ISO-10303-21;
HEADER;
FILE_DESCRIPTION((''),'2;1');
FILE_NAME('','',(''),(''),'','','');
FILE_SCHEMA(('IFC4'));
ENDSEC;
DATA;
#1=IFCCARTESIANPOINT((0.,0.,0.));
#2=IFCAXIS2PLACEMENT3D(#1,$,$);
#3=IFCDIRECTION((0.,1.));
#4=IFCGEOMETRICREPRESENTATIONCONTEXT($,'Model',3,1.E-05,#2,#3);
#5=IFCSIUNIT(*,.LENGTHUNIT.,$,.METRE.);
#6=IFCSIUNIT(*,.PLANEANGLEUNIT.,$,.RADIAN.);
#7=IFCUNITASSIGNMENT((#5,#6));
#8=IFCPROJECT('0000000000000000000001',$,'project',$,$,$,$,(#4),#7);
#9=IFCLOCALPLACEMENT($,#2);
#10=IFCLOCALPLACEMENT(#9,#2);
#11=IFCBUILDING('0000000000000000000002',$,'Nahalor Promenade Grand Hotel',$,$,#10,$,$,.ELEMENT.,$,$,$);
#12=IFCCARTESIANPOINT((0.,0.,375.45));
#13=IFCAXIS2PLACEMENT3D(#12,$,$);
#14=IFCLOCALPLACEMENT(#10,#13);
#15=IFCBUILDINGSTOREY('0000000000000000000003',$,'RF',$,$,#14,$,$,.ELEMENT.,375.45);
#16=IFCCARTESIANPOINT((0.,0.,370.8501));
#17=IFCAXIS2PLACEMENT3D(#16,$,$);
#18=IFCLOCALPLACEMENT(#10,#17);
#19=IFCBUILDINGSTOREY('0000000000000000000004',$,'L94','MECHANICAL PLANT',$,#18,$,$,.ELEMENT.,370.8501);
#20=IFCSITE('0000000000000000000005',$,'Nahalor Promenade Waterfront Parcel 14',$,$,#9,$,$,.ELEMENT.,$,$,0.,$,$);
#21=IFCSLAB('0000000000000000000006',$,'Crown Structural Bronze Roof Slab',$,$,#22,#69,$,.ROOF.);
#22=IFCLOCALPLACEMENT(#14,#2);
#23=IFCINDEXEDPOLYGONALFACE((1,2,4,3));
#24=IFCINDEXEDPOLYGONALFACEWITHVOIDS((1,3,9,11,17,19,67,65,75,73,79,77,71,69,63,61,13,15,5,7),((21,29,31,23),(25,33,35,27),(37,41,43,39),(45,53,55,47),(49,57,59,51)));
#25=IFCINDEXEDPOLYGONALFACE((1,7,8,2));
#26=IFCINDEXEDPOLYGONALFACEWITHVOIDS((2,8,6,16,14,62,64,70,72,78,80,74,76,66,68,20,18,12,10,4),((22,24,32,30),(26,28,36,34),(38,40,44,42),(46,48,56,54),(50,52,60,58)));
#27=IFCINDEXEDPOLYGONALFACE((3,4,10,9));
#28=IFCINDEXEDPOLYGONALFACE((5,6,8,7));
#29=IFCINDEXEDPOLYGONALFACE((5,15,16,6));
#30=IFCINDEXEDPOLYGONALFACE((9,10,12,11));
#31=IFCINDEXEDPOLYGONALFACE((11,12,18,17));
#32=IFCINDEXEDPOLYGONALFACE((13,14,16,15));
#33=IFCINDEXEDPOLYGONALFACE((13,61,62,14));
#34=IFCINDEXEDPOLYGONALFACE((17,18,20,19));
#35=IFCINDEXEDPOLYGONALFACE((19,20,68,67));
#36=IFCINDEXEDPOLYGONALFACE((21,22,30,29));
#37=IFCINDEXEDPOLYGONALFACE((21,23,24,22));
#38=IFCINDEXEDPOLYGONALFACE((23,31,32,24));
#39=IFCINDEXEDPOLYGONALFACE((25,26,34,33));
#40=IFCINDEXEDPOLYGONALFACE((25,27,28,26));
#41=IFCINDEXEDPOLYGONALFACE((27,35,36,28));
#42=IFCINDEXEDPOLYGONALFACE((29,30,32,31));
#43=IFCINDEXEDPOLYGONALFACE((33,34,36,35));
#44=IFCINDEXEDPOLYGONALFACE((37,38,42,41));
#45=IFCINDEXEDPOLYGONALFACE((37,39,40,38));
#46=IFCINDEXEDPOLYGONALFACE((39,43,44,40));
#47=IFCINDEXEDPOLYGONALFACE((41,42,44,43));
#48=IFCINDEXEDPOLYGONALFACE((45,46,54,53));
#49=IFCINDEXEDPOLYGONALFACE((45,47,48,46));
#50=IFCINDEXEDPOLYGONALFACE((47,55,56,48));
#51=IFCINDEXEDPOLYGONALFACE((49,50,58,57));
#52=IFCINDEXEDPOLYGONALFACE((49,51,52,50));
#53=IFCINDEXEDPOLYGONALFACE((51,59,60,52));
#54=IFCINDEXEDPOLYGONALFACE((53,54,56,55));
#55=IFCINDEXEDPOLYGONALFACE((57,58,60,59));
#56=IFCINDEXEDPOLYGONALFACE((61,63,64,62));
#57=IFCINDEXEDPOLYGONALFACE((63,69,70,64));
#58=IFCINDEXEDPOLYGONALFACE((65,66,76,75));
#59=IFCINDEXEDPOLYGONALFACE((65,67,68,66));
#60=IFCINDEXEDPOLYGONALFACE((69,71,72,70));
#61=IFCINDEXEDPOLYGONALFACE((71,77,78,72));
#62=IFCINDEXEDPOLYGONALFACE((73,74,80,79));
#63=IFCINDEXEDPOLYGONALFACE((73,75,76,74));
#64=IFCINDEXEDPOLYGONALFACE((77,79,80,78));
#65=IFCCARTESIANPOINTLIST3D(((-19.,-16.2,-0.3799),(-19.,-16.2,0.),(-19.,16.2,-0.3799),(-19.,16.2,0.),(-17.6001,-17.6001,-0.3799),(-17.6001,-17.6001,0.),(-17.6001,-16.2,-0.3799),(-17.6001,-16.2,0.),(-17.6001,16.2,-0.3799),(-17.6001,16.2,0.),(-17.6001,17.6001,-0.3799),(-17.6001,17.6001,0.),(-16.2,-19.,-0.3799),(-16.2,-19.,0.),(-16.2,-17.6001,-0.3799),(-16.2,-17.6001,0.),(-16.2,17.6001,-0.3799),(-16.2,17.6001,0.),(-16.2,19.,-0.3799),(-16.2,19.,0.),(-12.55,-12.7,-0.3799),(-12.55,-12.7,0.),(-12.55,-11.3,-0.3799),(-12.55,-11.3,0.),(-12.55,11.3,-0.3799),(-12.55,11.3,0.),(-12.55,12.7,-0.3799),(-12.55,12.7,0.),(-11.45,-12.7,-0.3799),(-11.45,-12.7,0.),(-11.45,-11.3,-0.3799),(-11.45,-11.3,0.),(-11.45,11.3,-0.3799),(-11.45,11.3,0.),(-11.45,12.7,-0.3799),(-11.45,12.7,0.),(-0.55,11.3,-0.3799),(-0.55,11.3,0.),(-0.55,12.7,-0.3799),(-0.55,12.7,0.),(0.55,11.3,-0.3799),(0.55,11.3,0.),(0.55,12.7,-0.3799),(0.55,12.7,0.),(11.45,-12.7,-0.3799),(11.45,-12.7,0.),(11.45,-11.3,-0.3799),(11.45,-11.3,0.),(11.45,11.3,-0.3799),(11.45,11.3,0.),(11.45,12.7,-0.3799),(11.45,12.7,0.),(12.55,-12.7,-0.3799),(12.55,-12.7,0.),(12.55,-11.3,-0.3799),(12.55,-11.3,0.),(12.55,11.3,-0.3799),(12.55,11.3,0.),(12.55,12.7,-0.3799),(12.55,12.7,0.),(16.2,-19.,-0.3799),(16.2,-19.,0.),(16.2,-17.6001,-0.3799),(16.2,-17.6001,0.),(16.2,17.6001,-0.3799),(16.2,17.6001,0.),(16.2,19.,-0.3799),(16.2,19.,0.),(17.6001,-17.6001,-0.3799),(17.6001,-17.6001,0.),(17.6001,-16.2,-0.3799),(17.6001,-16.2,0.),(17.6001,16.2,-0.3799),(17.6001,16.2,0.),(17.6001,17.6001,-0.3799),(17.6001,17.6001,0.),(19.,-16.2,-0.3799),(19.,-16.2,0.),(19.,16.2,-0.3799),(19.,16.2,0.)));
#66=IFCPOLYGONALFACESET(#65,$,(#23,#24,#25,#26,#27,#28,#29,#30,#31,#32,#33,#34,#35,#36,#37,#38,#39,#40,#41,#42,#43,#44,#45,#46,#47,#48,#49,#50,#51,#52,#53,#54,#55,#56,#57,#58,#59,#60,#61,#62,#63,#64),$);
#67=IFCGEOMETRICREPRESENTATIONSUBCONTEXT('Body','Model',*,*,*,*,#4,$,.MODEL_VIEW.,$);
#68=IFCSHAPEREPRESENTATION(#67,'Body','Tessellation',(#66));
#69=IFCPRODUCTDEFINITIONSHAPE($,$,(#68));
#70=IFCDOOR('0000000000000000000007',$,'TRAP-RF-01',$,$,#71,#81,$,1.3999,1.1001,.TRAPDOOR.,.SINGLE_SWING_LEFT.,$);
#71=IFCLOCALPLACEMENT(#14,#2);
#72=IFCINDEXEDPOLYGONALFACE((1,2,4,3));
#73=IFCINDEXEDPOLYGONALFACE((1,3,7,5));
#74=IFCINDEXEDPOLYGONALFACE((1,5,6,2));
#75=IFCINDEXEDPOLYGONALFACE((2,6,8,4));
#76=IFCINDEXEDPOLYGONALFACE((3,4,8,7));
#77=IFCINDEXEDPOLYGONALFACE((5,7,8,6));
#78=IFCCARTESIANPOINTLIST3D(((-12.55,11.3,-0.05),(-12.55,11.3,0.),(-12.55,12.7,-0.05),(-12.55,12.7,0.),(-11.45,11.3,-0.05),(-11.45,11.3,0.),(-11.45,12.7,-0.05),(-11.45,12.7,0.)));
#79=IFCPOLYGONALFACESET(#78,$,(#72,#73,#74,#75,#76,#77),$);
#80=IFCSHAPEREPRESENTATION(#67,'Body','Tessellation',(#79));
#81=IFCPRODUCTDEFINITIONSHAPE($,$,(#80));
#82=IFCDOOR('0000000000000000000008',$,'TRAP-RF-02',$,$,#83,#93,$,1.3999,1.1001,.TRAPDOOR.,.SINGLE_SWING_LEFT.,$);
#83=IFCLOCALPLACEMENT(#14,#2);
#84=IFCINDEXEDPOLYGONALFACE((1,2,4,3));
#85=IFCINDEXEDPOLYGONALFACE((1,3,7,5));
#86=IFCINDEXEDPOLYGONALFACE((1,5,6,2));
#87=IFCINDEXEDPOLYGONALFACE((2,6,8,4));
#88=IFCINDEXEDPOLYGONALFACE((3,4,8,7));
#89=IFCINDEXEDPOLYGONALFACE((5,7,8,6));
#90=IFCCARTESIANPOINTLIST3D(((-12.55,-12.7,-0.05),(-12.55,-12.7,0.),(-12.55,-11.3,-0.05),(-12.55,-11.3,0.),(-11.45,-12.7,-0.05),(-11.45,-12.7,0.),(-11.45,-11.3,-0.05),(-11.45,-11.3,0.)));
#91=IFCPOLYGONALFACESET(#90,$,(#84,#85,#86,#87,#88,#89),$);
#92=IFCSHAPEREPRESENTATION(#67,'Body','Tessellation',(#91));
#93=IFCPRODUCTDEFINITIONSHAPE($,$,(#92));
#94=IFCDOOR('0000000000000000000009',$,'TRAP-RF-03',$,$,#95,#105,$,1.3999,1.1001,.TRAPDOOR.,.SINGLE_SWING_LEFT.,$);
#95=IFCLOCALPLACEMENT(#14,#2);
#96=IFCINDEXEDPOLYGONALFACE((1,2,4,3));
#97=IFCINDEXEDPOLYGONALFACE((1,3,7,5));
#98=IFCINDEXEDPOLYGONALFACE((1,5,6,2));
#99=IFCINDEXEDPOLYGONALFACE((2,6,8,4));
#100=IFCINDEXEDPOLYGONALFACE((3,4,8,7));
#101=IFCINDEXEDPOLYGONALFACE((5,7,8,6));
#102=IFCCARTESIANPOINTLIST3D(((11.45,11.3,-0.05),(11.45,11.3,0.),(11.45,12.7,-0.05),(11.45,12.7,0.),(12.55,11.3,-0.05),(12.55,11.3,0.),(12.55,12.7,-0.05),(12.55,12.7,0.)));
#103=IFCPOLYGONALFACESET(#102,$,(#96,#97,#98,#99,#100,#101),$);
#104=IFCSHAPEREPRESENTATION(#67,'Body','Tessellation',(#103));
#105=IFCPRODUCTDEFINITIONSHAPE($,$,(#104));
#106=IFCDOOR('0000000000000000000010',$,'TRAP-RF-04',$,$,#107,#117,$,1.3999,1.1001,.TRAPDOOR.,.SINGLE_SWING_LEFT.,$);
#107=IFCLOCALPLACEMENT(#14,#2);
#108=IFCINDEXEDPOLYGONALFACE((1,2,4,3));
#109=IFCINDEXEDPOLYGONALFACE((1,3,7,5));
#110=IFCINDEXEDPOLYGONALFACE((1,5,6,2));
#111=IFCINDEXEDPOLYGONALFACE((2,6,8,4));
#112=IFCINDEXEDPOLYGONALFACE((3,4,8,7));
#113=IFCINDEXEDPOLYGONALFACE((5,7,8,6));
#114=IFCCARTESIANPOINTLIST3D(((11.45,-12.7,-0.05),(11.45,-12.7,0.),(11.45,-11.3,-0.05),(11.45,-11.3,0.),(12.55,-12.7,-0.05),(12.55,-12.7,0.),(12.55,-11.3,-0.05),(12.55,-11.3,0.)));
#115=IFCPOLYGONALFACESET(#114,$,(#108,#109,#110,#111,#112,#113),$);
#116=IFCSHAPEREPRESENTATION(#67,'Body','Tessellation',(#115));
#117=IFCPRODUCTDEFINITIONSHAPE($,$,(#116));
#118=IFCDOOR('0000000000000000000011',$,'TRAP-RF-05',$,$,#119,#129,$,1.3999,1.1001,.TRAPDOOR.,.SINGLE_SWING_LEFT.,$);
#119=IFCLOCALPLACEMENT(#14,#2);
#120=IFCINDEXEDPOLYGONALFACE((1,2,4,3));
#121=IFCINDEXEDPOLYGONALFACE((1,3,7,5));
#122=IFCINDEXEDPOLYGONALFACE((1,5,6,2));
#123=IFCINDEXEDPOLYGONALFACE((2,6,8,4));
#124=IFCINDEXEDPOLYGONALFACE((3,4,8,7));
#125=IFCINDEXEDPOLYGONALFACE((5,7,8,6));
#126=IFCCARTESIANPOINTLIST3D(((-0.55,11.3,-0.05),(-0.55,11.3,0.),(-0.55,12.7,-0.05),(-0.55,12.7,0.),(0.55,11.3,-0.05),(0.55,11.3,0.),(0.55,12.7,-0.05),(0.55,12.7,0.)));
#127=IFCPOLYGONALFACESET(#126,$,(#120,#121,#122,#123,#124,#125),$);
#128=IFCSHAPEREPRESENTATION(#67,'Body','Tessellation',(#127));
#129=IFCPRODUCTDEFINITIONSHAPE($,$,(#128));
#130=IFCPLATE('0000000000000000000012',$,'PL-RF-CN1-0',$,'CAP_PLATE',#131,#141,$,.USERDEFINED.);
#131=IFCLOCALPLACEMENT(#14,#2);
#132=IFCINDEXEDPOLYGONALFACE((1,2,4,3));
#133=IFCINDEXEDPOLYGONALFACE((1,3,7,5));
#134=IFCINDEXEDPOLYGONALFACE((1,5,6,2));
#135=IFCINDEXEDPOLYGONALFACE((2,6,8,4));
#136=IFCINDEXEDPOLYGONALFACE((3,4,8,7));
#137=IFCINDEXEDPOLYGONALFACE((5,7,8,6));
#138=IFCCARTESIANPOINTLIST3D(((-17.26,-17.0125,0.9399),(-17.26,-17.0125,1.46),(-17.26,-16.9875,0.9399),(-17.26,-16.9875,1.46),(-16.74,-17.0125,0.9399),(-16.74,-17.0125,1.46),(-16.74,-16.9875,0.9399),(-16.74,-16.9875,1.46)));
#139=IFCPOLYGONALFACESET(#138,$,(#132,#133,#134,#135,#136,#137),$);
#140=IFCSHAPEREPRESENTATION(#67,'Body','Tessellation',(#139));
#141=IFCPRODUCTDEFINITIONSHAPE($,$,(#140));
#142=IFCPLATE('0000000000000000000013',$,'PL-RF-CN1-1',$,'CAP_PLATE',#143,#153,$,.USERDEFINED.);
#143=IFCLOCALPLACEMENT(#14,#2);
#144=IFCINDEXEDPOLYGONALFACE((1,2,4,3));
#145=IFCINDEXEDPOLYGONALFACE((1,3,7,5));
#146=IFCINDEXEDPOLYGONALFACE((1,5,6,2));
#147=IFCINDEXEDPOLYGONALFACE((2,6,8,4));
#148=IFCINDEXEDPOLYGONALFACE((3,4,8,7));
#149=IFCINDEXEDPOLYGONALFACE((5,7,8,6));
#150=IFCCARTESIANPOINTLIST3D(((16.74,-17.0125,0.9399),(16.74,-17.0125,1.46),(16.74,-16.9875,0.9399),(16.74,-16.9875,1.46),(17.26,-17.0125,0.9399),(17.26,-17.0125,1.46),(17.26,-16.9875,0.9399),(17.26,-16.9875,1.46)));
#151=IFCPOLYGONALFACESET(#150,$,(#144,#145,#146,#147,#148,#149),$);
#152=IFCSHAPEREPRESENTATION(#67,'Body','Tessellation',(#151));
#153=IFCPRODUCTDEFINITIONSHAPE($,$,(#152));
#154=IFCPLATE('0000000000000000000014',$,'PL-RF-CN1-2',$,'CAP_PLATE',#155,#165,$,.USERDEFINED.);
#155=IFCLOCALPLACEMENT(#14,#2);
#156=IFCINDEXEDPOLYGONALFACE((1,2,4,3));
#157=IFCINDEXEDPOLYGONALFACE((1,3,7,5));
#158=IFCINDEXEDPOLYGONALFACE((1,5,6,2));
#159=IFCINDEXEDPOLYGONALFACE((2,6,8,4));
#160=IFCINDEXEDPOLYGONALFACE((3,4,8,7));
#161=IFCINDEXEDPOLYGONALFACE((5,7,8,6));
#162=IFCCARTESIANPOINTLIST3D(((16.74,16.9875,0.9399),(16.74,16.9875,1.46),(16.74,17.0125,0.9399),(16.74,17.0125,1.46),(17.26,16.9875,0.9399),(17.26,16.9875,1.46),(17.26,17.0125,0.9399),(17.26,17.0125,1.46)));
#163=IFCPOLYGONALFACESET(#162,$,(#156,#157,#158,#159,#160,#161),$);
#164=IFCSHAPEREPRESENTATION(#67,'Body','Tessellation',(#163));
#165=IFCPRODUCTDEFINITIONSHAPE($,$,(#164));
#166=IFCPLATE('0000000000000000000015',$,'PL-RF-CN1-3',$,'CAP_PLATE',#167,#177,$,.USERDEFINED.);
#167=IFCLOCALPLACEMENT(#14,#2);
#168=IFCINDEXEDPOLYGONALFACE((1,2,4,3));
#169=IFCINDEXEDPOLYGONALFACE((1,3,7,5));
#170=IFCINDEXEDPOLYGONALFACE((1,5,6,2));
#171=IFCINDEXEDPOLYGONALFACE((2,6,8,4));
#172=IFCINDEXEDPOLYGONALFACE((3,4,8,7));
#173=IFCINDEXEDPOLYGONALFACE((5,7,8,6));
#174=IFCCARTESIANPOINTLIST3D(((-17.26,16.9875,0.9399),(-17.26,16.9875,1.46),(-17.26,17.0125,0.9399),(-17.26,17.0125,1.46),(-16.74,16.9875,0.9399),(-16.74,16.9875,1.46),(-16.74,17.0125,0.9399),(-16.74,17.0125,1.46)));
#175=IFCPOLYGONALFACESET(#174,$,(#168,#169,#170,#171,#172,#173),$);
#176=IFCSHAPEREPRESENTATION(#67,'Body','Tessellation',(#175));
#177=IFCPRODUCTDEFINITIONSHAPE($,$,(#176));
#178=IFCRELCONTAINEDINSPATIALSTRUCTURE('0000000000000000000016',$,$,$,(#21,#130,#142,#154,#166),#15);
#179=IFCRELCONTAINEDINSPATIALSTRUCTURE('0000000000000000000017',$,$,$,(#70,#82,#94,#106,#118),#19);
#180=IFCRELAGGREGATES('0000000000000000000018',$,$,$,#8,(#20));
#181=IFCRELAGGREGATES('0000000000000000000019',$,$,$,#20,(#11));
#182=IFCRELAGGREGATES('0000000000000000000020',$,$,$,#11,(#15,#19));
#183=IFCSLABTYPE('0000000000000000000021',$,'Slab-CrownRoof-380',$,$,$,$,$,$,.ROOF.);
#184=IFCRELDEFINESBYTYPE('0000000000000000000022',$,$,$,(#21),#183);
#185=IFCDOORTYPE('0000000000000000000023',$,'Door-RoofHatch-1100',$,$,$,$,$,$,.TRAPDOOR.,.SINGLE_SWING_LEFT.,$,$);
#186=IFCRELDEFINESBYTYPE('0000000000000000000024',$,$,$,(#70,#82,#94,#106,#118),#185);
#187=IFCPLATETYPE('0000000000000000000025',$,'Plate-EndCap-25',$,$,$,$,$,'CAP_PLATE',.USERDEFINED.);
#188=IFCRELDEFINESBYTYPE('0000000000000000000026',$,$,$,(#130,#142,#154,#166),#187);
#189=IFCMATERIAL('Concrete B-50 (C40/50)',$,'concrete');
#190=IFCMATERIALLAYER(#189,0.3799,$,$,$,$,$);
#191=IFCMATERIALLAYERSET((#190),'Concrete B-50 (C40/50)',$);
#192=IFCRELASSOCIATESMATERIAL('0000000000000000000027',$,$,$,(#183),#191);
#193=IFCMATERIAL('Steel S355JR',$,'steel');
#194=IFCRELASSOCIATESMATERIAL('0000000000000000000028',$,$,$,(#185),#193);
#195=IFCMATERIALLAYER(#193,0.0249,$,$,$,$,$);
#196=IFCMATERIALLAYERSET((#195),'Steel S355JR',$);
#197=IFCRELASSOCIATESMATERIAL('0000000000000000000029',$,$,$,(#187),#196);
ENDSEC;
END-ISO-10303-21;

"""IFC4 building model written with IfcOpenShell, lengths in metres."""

from ifc_helpers import new_model, si_unit, direction, frame, origin, origin_2d, place, context, subcontext, project, spatial, polyline, rectangle, outline, extrude, source, transform, mapped, material, layer, layer_set, type_object, element, fill, save


model = new_model("IFC4")

# Units and contexts
model_context = context("Model", 3, precision=1e-05, world=origin(), true_north=direction((0.0, 1.0)))
body_context = subcontext(model_context, "Body", "Model", "MODEL_VIEW")
ifc_project = project(units=[si_unit("LENGTHUNIT", "METRE"), si_unit("PLANEANGLEUNIT", "RADIAN")], contexts=[model_context])

# Site, building, storey
site_placement = place(None, origin())
site = spatial("IfcSite", under=ifc_project, at=site_placement, Name="Nahalor Promenade Waterfront Parcel 14", CompositionType="ELEMENT", RefElevation=0.0)
building_placement = place(site_placement, origin())
building = spatial("IfcBuilding", under=site, at=building_placement, Name="Nahalor Promenade Grand Hotel", CompositionType="ELEMENT")
storey_1_placement = place(building_placement, frame((0.0, 0.0, 375.45)))
storey_1 = spatial("IfcBuildingStorey", under=building, at=storey_1_placement, Name="RF", CompositionType="ELEMENT", Elevation=375.45)

# Shared definitions
ifc_material_1 = material(Name="Steel S355JR", Category="steel")

# Slab, openings
ifc_material_2 = material(Name="Concrete B-50 (C40/50)", Category="concrete")
ifc_layer_1 = layer(ifc_material_2, 0.3799)
ifc_layer_set_1 = layer_set([ifc_layer_1], Name="Concrete B-50 (C40/50)")
slab_type = type_object("IfcSlabType", Name="Slab-CrownRoof-380", PredefinedType="ROOF", material=ifc_layer_set_1)
slab_placement = place(storey_1_placement, frame((0.0, 0.0, -0.3799)))
slab = element("IfcSlab", 1, at=slab_placement, inside=storey_1, type_object=slab_type, Name="Crown Structural Bronze Roof Slab", PredefinedType="ROOF", context=body_context, shape_type="SweptSolid", body=[
    extrude(outline(polyline([(-16.2, -19.0), (16.2, -19.0), (16.2, -17.6001), (17.6001, -17.6001), (17.6001, -16.2), (19.0, -16.2), (19.0, 16.2), (17.6001, 16.2), (17.6001, 17.6001), (16.2, 17.6001), (16.2, 19.0), (-16.2, 19.0), (-16.2, 17.6001), (-17.6001, 17.6001), (-17.6001, 16.2), (-19.0, 16.2), (-19.0, -16.2), (-17.6001, -16.2), (-17.6001, -17.6001), (-16.2, -17.6001), (-16.2, -19.0)])), origin(), (0.0, 0.0, 1.0), 0.3799),
])
opening_1_placement = place(slab_placement, frame((-12.0, 12.0, 0.0)))
opening_1 = element("IfcOpeningElement", 2, at=opening_1_placement, cuts=slab, PredefinedType="OPENING", context=body_context, shape_type="SweptSolid", body=[
    extrude(rectangle(XDim=1.1001, YDim=1.3999, at=origin_2d()), frame((0.0, 0.0, -0.01)), (0.0, 0.0, 1.0), 0.3999),
])
opening_2_placement = place(slab_placement, frame((-12.0, -12.0, 0.0)))
opening_2 = element("IfcOpeningElement", 3, at=opening_2_placement, cuts=slab, PredefinedType="OPENING", context=body_context, shape_type="SweptSolid", body=[
    extrude(rectangle(XDim=1.1001, YDim=1.3999, at=origin_2d()), frame((0.0, 0.0, -0.01)), (0.0, 0.0, 1.0), 0.3999),
])
opening_3_placement = place(slab_placement, frame((12.0, 12.0, 0.0)))
opening_3 = element("IfcOpeningElement", 4, at=opening_3_placement, cuts=slab, PredefinedType="OPENING", context=body_context, shape_type="SweptSolid", body=[
    extrude(rectangle(XDim=1.1001, YDim=1.3999, at=origin_2d()), frame((0.0, 0.0, -0.01)), (0.0, 0.0, 1.0), 0.3999),
])
opening_4_placement = place(slab_placement, frame((12.0, -12.0, 0.0)))
opening_4 = element("IfcOpeningElement", 5, at=opening_4_placement, cuts=slab, PredefinedType="OPENING", context=body_context, shape_type="SweptSolid", body=[
    extrude(rectangle(XDim=1.1001, YDim=1.3999, at=origin_2d()), frame((0.0, 0.0, -0.01)), (0.0, 0.0, 1.0), 0.3999),
])
opening_5_placement = place(slab_placement, frame((0.0, 12.0, 0.0)))
opening_5 = element("IfcOpeningElement", 6, at=opening_5_placement, cuts=slab, PredefinedType="OPENING", context=body_context, shape_type="SweptSolid", body=[
    extrude(rectangle(XDim=1.1001, YDim=1.3999, at=origin_2d()), frame((0.0, 0.0, -0.01)), (0.0, 0.0, 1.0), 0.3999),
])

# Shared definitions
storey_2_placement = place(building_placement, frame((0.0, 0.0, 370.8501)))
storey_2 = spatial("IfcBuildingStorey", under=building, at=storey_2_placement, Name="L94", Description="MECHANICAL PLANT", CompositionType="ELEMENT", Elevation=370.8501)

# Doors
door_type = type_object("IfcDoorType", Name="Door-RoofHatch-1100", OperationType="SINGLE_SWING_LEFT", PredefinedType="TRAPDOOR", material=ifc_material_1)
door_1_placement = place(opening_1_placement, frame((0.0, 0.0, 0.3298)))
door_1 = element("IfcDoor", 7, at=door_1_placement, inside=storey_2, type_object=door_type, Name="TRAP-RF-01", OperationType="SINGLE_SWING_LEFT", OverallHeight=1.3999, OverallWidth=1.1001, PredefinedType="TRAPDOOR", context=body_context, shape_type="SweptSolid", body=[
    extrude(rectangle(XDim=1.1001, YDim=1.3999, at=origin_2d()), origin(), (0.0, 0.0, 1.0), 0.05),
])
fill(opening_1, door_1)
door_2_placement = place(opening_2_placement, frame((0.0, 0.0, 0.3298)))
door_2 = element("IfcDoor", 8, at=door_2_placement, inside=storey_2, type_object=door_type, Name="TRAP-RF-02", OperationType="SINGLE_SWING_LEFT", OverallHeight=1.3999, OverallWidth=1.1001, PredefinedType="TRAPDOOR", context=body_context, shape_type="SweptSolid", body=[
    extrude(rectangle(XDim=1.1001, YDim=1.3999, at=origin_2d()), origin(), (0.0, 0.0, 1.0), 0.05),
])
fill(opening_2, door_2)
door_3_placement = place(opening_3_placement, frame((0.0, 0.0, 0.3298)))
door_3 = element("IfcDoor", 9, at=door_3_placement, inside=storey_2, type_object=door_type, Name="TRAP-RF-03", OperationType="SINGLE_SWING_LEFT", OverallHeight=1.3999, OverallWidth=1.1001, PredefinedType="TRAPDOOR", context=body_context, shape_type="SweptSolid", body=[
    extrude(rectangle(XDim=1.1001, YDim=1.3999, at=origin_2d()), origin(), (0.0, 0.0, 1.0), 0.05),
])
fill(opening_3, door_3)
door_4_placement = place(opening_4_placement, frame((0.0, 0.0, 0.3298)))
door_4 = element("IfcDoor", 10, at=door_4_placement, inside=storey_2, type_object=door_type, Name="TRAP-RF-04", OperationType="SINGLE_SWING_LEFT", OverallHeight=1.3999, OverallWidth=1.1001, PredefinedType="TRAPDOOR", context=body_context, shape_type="SweptSolid", body=[
    extrude(rectangle(XDim=1.1001, YDim=1.3999, at=origin_2d()), origin(), (0.0, 0.0, 1.0), 0.05),
])
fill(opening_4, door_4)
door_5_placement = place(opening_5_placement, frame((0.0, 0.0, 0.3298)))
door_5 = element("IfcDoor", 11, at=door_5_placement, inside=storey_2, type_object=door_type, Name="TRAP-RF-05", OperationType="SINGLE_SWING_LEFT", OverallHeight=1.3999, OverallWidth=1.1001, PredefinedType="TRAPDOOR", context=body_context, shape_type="SweptSolid", body=[
    extrude(rectangle(XDim=1.1001, YDim=1.3999, at=origin_2d()), origin(), (0.0, 0.0, 1.0), 0.05),
])
fill(opening_5, door_5)

# Plates
ifc_layer_2 = layer(ifc_material_1, 0.0249)
ifc_layer_set_2 = layer_set([ifc_layer_2], Name="Steel S355JR")
plate_type_1 = type_object("IfcPlateType", Name="Plate-EndCap-25", ElementType="CAP_PLATE", PredefinedType="USERDEFINED", material=ifc_layer_set_2)
shared_shape_1 = source(origin(), body_context, "Body", "SweptSolid", [
    extrude(rectangle(XDim=0.52, YDim=0.0249, at=origin_2d()), origin(), (0.0, 0.0, 1.0), 0.52),
])
for number, where, z_axis, x_axis, name in (
    (12, (-17.0, -17.0, 0.9399), (0.0, 0.0, 1.0), (1.0, 0.0, 0.0), "PL-RF-CN1-0"),
    (13, (17.0, -17.0, 0.9399), (0.0, 0.0, 1.0), (1.0, 0.0, 0.0), "PL-RF-CN1-1"),
    (14, (17.0, 17.0, 0.9399), (0.0, 0.0, 1.0), (1.0, 0.0, 0.0), "PL-RF-CN1-2"),
    (15, (-17.0, 17.0, 0.9399), (0.0, 0.0, 1.0), (1.0, 0.0, 0.0), "PL-RF-CN1-3"),
):
    element("IfcPlate", number, at=place(storey_1_placement, frame(where, z_axis=z_axis, x_axis=x_axis)), inside=storey_1, type_object=plate_type_1, Name=name, ObjectType="CAP_PLATE", PredefinedType="USERDEFINED", context=body_context, shape_type="MappedRepresentation", body=[
        mapped(shared_shape_1, transform((0.0, 0.0, 0.0), scale=1.0)),
    ])

save(model, "model.ifc")
